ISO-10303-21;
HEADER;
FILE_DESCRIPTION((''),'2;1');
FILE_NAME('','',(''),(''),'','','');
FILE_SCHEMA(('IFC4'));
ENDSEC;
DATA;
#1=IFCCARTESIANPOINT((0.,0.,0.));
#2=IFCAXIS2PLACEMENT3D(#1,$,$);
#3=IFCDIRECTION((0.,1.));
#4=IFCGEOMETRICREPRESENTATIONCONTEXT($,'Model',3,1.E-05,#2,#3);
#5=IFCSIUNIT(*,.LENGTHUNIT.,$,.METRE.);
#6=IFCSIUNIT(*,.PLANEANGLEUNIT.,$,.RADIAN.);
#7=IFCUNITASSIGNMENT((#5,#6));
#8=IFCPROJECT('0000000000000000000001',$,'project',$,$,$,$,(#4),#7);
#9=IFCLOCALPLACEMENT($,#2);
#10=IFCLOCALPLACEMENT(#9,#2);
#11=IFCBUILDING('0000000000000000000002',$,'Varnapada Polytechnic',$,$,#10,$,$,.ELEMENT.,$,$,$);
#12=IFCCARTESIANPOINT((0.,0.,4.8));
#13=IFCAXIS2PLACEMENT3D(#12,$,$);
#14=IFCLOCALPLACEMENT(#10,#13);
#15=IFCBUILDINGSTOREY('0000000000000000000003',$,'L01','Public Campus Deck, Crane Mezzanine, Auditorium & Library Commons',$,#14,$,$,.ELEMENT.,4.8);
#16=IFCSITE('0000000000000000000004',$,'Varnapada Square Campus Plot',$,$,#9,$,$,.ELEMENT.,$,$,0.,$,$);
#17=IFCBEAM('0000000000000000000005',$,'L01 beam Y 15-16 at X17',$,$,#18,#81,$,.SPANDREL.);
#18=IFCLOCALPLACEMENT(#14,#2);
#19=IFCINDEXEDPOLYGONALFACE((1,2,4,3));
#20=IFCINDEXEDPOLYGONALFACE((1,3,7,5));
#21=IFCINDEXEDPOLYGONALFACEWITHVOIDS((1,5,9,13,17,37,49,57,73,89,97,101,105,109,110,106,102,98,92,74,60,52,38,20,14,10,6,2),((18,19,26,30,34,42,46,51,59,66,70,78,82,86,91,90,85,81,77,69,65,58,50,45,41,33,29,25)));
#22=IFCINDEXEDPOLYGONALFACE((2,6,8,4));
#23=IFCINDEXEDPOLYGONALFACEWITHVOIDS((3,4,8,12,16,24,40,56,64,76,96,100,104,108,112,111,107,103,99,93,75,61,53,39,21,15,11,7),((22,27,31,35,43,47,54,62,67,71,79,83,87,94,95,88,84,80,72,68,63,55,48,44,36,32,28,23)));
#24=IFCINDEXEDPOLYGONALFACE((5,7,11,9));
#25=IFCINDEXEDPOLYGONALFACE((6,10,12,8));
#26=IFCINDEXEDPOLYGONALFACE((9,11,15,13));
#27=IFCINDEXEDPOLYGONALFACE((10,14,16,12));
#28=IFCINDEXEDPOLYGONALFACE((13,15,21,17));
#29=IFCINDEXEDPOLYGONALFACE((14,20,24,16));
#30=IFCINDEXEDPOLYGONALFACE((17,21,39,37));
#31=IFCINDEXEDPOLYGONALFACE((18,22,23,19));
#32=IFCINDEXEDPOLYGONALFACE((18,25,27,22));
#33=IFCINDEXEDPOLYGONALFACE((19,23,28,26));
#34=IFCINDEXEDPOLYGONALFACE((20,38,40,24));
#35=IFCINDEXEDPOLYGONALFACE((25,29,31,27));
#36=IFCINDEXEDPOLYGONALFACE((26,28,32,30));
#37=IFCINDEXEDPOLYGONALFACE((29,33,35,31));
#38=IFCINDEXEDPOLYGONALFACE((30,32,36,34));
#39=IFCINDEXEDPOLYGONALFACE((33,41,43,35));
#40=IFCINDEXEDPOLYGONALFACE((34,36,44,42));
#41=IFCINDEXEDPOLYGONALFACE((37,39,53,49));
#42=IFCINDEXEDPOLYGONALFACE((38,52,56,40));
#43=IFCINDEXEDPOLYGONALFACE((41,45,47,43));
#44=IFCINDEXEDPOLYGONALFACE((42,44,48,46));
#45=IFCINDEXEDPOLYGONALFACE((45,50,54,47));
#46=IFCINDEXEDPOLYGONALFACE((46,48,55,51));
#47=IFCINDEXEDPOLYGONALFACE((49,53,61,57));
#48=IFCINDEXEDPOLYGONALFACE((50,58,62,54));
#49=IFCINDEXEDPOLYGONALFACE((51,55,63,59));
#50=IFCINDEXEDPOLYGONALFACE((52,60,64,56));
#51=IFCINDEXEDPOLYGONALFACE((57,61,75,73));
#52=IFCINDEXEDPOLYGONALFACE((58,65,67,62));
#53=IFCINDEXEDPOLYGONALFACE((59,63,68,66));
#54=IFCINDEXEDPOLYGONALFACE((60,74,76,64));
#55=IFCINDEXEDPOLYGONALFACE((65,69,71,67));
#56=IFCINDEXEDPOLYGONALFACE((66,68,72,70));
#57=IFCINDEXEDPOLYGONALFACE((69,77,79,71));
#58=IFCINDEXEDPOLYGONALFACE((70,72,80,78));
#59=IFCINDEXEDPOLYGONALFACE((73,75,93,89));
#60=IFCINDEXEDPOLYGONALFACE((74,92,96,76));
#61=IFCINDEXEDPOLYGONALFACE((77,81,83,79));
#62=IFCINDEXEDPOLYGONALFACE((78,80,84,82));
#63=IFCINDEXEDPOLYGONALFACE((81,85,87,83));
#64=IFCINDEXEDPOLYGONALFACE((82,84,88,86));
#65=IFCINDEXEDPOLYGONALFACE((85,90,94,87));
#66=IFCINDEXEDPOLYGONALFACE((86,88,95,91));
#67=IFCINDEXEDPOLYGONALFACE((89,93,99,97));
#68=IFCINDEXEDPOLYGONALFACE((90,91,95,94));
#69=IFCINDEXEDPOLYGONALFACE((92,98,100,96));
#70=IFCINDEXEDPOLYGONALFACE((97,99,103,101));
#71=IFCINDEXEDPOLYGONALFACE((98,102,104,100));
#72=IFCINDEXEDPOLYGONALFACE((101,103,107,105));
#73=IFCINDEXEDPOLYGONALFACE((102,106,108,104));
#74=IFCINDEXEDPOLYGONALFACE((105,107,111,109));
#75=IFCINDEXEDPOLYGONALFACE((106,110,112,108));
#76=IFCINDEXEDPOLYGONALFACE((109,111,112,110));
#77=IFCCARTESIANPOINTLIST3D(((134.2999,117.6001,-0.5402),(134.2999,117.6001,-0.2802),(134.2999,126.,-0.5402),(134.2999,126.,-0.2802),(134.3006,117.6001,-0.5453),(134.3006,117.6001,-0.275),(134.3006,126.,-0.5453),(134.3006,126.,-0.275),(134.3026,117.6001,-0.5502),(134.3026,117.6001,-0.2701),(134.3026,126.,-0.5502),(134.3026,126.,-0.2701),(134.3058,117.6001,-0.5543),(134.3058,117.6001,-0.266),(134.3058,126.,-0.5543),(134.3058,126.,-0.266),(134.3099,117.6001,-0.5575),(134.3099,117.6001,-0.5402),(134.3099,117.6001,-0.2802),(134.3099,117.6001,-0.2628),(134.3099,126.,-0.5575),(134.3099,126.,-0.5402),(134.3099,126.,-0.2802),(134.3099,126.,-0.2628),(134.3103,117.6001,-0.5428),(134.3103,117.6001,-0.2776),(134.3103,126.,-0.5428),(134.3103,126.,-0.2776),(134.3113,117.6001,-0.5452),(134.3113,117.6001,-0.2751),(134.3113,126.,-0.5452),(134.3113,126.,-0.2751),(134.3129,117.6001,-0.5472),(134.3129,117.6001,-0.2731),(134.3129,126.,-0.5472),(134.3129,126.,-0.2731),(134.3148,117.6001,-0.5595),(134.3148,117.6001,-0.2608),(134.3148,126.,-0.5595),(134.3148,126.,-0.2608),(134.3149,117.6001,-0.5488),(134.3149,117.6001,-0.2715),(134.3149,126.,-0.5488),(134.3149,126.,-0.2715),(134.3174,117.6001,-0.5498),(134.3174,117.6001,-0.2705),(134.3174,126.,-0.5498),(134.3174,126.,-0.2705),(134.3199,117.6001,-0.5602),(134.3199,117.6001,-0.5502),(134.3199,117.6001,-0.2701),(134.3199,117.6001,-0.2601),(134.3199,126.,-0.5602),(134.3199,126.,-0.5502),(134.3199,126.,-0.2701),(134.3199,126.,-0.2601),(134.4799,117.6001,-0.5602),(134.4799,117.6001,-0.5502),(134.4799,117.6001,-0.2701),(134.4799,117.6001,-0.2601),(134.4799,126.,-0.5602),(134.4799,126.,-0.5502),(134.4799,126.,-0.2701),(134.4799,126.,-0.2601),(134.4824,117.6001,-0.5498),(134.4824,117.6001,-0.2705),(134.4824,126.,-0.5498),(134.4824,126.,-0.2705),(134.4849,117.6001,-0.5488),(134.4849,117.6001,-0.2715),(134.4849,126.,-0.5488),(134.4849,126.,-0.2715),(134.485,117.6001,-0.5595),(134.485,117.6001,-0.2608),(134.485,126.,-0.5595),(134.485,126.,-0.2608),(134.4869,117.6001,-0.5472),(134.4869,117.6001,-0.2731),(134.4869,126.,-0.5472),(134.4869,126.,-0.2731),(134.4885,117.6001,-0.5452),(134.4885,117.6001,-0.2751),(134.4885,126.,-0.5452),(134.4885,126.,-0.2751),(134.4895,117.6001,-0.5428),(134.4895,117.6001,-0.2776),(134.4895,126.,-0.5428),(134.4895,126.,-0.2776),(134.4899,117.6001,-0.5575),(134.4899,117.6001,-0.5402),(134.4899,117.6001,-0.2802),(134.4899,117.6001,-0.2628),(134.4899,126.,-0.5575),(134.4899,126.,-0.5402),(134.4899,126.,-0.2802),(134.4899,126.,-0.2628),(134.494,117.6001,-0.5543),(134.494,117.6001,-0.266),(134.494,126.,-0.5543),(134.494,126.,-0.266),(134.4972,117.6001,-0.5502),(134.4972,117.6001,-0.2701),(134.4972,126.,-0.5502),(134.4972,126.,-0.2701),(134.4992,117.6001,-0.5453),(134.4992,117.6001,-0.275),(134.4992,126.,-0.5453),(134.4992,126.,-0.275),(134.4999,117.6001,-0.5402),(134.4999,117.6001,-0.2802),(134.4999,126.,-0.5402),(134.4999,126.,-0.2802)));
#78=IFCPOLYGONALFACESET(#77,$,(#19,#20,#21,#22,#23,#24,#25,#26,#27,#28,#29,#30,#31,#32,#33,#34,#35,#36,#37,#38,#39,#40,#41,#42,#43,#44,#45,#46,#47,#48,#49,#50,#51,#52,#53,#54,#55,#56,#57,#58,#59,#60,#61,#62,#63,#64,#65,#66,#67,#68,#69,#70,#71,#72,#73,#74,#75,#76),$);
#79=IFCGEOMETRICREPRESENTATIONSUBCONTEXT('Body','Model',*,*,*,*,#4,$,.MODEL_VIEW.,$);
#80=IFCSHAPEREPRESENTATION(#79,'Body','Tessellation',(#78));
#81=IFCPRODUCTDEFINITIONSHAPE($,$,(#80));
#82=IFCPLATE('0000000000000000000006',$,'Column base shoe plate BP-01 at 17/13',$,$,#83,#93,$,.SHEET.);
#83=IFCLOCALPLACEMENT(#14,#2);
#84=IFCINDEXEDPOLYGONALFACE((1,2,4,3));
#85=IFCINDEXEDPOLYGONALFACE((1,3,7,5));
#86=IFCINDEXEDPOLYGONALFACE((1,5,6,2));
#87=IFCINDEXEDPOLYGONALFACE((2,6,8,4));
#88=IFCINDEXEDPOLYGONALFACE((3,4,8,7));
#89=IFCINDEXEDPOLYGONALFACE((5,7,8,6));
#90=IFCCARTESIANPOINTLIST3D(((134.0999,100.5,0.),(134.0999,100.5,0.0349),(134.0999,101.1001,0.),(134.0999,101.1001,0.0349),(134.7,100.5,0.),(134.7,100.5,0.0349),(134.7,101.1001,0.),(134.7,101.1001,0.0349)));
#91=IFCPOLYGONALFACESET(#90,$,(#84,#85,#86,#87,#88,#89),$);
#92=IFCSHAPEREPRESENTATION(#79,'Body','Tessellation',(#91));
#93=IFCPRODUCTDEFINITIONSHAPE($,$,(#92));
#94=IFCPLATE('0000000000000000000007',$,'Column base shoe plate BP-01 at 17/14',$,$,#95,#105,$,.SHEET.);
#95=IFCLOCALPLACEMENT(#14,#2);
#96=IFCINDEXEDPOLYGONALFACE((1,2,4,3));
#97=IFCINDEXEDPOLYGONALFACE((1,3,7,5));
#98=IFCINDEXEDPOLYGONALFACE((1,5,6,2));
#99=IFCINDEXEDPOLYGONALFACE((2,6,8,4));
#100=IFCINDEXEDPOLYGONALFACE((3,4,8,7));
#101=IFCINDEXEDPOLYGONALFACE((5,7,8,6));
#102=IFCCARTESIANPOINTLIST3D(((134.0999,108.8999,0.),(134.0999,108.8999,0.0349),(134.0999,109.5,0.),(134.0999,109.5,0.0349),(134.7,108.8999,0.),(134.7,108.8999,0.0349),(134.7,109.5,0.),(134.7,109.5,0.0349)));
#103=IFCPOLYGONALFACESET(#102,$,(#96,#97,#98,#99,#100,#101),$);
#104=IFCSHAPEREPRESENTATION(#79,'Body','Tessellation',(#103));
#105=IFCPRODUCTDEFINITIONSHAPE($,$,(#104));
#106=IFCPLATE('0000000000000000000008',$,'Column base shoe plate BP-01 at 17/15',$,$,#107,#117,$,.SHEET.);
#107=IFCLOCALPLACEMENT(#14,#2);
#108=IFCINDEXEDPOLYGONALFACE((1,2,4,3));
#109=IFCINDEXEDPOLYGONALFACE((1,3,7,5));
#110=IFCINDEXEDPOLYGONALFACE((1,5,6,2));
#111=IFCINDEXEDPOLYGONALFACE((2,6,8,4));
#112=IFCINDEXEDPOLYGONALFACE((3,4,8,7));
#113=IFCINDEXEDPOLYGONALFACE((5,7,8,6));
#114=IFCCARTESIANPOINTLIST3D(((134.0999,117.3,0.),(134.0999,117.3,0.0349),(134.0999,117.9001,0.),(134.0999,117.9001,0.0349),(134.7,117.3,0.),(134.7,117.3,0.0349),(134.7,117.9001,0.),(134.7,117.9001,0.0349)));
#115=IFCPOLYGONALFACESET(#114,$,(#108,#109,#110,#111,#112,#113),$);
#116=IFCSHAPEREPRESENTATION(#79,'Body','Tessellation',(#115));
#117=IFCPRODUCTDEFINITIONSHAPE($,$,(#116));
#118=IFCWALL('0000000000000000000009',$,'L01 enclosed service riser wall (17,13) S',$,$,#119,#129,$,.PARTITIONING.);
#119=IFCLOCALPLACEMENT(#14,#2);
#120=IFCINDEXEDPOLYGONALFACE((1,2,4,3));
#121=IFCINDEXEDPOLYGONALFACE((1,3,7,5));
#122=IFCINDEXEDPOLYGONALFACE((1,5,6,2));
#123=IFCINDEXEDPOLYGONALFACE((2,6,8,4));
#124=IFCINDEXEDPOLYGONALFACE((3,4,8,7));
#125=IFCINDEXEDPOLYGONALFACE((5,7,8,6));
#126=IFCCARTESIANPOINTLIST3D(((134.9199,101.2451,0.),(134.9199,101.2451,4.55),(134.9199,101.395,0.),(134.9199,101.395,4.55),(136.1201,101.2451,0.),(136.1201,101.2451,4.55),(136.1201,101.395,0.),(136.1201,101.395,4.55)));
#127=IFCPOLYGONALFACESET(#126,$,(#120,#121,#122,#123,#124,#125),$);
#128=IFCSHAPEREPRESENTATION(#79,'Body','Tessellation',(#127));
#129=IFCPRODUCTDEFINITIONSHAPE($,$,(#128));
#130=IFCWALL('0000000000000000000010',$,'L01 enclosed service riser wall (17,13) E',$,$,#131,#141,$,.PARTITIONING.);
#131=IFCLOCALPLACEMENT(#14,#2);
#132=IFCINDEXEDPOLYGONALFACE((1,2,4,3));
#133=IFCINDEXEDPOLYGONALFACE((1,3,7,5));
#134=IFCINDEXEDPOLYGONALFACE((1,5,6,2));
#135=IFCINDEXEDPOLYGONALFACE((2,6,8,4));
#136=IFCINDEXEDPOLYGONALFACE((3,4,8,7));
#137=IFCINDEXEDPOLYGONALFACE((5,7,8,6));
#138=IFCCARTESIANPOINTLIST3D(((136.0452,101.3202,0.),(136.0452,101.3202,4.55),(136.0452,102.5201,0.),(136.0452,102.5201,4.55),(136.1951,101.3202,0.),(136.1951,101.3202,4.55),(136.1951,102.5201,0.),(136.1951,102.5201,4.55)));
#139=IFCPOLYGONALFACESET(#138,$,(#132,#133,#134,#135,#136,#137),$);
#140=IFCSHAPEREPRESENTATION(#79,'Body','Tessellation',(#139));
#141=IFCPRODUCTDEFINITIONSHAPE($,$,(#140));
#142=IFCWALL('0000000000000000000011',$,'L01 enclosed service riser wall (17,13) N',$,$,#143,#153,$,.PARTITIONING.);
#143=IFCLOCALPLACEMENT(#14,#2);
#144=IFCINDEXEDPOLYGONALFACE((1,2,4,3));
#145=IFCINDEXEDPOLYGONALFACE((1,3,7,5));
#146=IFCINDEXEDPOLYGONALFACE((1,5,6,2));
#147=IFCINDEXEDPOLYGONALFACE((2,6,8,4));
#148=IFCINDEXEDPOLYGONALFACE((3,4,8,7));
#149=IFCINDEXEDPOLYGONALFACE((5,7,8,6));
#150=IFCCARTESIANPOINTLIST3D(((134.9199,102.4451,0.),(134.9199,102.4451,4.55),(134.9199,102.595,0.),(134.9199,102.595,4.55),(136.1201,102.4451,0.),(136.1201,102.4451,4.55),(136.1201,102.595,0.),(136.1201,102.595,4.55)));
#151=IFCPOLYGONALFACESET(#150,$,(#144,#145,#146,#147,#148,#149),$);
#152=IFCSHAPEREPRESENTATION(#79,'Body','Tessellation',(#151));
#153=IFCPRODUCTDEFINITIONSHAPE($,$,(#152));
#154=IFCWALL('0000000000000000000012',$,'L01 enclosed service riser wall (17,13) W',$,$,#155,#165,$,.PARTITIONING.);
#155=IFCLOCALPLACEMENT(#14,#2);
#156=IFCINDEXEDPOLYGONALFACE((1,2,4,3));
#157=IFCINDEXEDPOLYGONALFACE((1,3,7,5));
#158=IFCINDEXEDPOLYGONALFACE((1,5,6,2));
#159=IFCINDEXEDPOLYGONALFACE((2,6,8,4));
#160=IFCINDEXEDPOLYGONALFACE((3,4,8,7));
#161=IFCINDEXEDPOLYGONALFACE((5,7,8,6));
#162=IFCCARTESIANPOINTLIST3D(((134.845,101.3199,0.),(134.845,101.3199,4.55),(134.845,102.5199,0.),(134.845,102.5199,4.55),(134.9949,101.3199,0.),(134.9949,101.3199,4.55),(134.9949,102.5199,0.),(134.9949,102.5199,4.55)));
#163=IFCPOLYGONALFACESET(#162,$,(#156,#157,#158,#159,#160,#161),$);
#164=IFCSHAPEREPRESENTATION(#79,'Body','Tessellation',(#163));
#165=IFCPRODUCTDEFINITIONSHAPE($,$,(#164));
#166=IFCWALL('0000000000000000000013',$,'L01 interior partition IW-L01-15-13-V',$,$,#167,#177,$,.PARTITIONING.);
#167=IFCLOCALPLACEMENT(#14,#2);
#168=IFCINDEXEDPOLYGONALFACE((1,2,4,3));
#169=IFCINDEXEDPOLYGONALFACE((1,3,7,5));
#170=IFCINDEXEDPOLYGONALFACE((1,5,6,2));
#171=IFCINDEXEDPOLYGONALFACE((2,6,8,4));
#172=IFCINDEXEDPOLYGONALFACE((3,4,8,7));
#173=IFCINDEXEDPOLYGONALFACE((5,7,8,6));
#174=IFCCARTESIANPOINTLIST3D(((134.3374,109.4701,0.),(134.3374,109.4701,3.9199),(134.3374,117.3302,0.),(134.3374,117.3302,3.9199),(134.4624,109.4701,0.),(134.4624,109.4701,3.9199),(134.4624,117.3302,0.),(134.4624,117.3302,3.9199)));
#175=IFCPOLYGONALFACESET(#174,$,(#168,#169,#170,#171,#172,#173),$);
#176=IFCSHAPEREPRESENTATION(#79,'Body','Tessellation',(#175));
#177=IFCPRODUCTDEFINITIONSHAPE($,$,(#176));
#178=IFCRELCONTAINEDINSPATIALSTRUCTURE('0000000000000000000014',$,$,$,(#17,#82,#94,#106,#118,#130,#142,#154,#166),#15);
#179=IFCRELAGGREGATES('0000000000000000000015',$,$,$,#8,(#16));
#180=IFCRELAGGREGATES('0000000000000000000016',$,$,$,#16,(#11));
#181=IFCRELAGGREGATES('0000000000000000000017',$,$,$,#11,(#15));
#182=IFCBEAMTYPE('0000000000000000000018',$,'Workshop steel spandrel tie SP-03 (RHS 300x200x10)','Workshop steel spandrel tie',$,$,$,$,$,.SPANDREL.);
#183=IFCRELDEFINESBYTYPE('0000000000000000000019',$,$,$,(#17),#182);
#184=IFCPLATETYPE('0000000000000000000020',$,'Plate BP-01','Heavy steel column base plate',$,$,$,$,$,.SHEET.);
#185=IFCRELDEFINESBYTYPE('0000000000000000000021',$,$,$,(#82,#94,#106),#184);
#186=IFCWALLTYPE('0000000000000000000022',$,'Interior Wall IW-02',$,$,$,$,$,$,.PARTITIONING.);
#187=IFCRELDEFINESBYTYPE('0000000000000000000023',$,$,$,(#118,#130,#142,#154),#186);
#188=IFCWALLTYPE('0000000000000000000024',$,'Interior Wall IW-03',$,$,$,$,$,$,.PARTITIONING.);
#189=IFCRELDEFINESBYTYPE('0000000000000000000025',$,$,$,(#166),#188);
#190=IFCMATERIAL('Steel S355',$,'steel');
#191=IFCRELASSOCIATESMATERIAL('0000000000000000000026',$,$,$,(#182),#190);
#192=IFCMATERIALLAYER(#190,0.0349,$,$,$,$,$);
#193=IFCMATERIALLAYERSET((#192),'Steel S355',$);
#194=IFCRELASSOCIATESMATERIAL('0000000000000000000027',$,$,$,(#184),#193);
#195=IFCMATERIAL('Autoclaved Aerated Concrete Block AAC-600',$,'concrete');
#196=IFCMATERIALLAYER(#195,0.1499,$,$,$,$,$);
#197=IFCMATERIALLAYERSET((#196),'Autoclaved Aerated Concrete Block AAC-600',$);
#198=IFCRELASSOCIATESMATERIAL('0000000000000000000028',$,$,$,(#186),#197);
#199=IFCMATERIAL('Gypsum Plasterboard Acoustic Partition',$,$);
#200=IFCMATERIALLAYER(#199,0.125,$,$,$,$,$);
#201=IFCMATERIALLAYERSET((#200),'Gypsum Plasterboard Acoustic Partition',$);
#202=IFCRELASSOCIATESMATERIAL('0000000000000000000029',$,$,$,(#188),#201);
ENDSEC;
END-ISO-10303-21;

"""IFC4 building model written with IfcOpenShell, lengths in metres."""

from ifc_helpers import new_model, si_unit, direction, frame, frame_2d, origin, origin_2d, place, context, subcontext, project, spatial, rectangle, hollow_rectangle, extrude, material, layer, layer_set, material_profile, profile_set, type_object, element, save


model = new_model("IFC4")

# Units and contexts
model_context = context("Model", 3, precision=1e-05, world=origin(), true_north=direction((0.0, 1.0)))
body_context = subcontext(model_context, "Body", "Model", "MODEL_VIEW")
ifc_project = project(units=[si_unit("LENGTHUNIT", "METRE"), si_unit("PLANEANGLEUNIT", "RADIAN")], contexts=[model_context])

# Site, building, storey
site_placement = place(None, origin())
site = spatial("IfcSite", under=ifc_project, at=site_placement, Name="Varnapada Square Campus Plot", CompositionType="ELEMENT", RefElevation=0.0)
building_placement = place(site_placement, origin())
building = spatial("IfcBuilding", under=site, at=building_placement, Name="Varnapada Polytechnic", CompositionType="ELEMENT")
storey_placement = place(building_placement, frame((0.0, 0.0, 4.8)))
storey = spatial("IfcBuildingStorey", under=building, at=storey_placement, Name="L01", Description="Public Campus Deck, Crane Mezzanine, Auditorium & Library Commons", CompositionType="ELEMENT", Elevation=4.8)

# Shared definitions
ifc_material_1 = material(Name="Steel S355", Category="steel")

# Beam
ifc_material_profile_1 = material_profile(ifc_material_1, hollow_rectangle(XDim=0.2, YDim=0.3, WallThickness=0.01, InnerFilletRadius=0.01, OuterFilletRadius=0.02, at=origin_2d()), Name="RHS 300x200x10")
ifc_profile_set_1 = profile_set([ifc_material_profile_1], Name="Steel S355")
beam_type_1 = type_object("IfcBeamType", Name="Workshop steel spandrel tie SP-03 (RHS 300x200x10)", Description="Workshop steel spandrel tie", PredefinedType="SPANDREL", material=ifc_profile_set_1)
beam_1_placement = place(storey_placement, frame((134.3999, 117.6001, -0.4102), z_axis=(0.0, 1.0, 0.0), x_axis=(-1.0, 0.0, 0.0)))
element("IfcBeam", 1, at=beam_1_placement, inside=storey, type_object=beam_type_1, Name="L01 beam Y 15-16 at X17", PredefinedType="SPANDREL", context=body_context, shape_type="SweptSolid", body=[
    extrude(hollow_rectangle(XDim=0.2, YDim=0.3, WallThickness=0.01, InnerFilletRadius=0.01, OuterFilletRadius=0.02, at=origin_2d()), origin(), (0.0, 0.0, 1.0), 8.3999),
])

# Plates
ifc_layer_1 = layer(ifc_material_1, 0.0349)
ifc_layer_set_1 = layer_set([ifc_layer_1], Name="Steel S355")
plate_type = type_object("IfcPlateType", Name="Plate BP-01", Description="Heavy steel column base plate", PredefinedType="SHEET", material=ifc_layer_set_1)
for number, where, z_axis, x_axis, name in (
    (2, (134.3999, 100.8, 0.0), (0.0, 0.0, 1.0), (1.0, 0.0, 0.0), "Column base shoe plate BP-01 at 17/13"),
    (3, (134.3999, 109.2, 0.0), (0.0, 0.0, 1.0), (1.0, 0.0, 0.0), "Column base shoe plate BP-01 at 17/14"),
    (4, (134.3999, 117.6001, 0.0), (0.0, 0.0, 1.0), (1.0, 0.0, 0.0), "Column base shoe plate BP-01 at 17/15"),
):
    element("IfcPlate", number, at=place(storey_placement, frame(where, z_axis=z_axis, x_axis=x_axis)), inside=storey, type_object=plate_type, Name=name, PredefinedType="SHEET", context=body_context, shape_type="SweptSolid", body=[
        extrude(rectangle(XDim=0.6001, YDim=0.6001, at=origin_2d()), origin(), (0.0, 0.0, 1.0), 0.0349),
    ])

# Walls
ifc_material_2 = material(Name="Autoclaved Aerated Concrete Block AAC-600", Category="concrete")
ifc_layer_2 = layer(ifc_material_2, 0.1499)
ifc_layer_set_2 = layer_set([ifc_layer_2], Name="Autoclaved Aerated Concrete Block AAC-600")
wall_type_1 = type_object("IfcWallType", Name="Interior Wall IW-02", PredefinedType="PARTITIONING", material=ifc_layer_set_2)
wall_1_placement = place(storey_placement, frame((134.9199, 101.3201, 0.0), z_axis=(0.0, 0.0, 1.0), x_axis=(1.0, 0.0, 0.0)))
element("IfcWall", 5, at=wall_1_placement, inside=storey, type_object=wall_type_1, Name="L01 enclosed service riser wall (17,13) S", PredefinedType="PARTITIONING", context=body_context, shape_type="SweptSolid", body=[
    extrude(rectangle(XDim=1.2002, YDim=0.1499, at=frame_2d((0.6001, 0.0))), origin(), (0.0, 0.0, 1.0), 4.55),
])
wall_2_placement = place(storey_placement, frame((136.1201, 101.3201, 0.0), z_axis=(0.0, 0.0, 1.0), x_axis=(0.0, 1.0, 0.0)))
element("IfcWall", 6, at=wall_2_placement, inside=storey, type_object=wall_type_1, Name="L01 enclosed service riser wall (17,13) E", PredefinedType="PARTITIONING", context=body_context, shape_type="SweptSolid", body=[
    extrude(rectangle(XDim=1.2, YDim=0.1499, at=frame_2d((0.6001, 0.0))), origin(), (0.0, 0.0, 1.0), 4.55),
])
wall_3_placement = place(storey_placement, frame((136.1201, 102.52, 0.0), z_axis=(0.0, 0.0, 1.0), x_axis=(-1.0, 0.0, 0.0)))
element("IfcWall", 7, at=wall_3_placement, inside=storey, type_object=wall_type_1, Name="L01 enclosed service riser wall (17,13) N", PredefinedType="PARTITIONING", context=body_context, shape_type="SweptSolid", body=[
    extrude(rectangle(XDim=1.2002, YDim=0.1499, at=frame_2d((0.6001, 0.0))), origin(), (0.0, 0.0, 1.0), 4.55),
])
wall_4_placement = place(storey_placement, frame((134.9199, 102.52, 0.0), z_axis=(0.0, 0.0, 1.0), x_axis=(0.0, -1.0, 0.0)))
element("IfcWall", 8, at=wall_4_placement, inside=storey, type_object=wall_type_1, Name="L01 enclosed service riser wall (17,13) W", PredefinedType="PARTITIONING", context=body_context, shape_type="SweptSolid", body=[
    extrude(rectangle(XDim=1.2, YDim=0.1499, at=frame_2d((0.6001, 0.0))), origin(), (0.0, 0.0, 1.0), 4.55),
])
ifc_material_3 = material(Name="Gypsum Plasterboard Acoustic Partition")
ifc_layer_3 = layer(ifc_material_3, 0.125)
ifc_layer_set_3 = layer_set([ifc_layer_3], Name="Gypsum Plasterboard Acoustic Partition")
wall_type_2 = type_object("IfcWallType", Name="Interior Wall IW-03", PredefinedType="PARTITIONING", material=ifc_layer_set_3)
wall_5_placement = place(storey_placement, frame((134.3999, 109.47, 0.0), z_axis=(0.0, 0.0, 1.0), x_axis=(0.0, 1.0, 0.0)))
element("IfcWall", 9, at=wall_5_placement, inside=storey, type_object=wall_type_2, Name="L01 interior partition IW-L01-15-13-V", PredefinedType="PARTITIONING", context=body_context, shape_type="SweptSolid", body=[
    extrude(rectangle(XDim=7.8601, YDim=0.125, at=frame_2d((3.9302, 0.0))), origin(), (0.0, 0.0, 1.0), 3.9199),
])

save(model, "model.ifc")
